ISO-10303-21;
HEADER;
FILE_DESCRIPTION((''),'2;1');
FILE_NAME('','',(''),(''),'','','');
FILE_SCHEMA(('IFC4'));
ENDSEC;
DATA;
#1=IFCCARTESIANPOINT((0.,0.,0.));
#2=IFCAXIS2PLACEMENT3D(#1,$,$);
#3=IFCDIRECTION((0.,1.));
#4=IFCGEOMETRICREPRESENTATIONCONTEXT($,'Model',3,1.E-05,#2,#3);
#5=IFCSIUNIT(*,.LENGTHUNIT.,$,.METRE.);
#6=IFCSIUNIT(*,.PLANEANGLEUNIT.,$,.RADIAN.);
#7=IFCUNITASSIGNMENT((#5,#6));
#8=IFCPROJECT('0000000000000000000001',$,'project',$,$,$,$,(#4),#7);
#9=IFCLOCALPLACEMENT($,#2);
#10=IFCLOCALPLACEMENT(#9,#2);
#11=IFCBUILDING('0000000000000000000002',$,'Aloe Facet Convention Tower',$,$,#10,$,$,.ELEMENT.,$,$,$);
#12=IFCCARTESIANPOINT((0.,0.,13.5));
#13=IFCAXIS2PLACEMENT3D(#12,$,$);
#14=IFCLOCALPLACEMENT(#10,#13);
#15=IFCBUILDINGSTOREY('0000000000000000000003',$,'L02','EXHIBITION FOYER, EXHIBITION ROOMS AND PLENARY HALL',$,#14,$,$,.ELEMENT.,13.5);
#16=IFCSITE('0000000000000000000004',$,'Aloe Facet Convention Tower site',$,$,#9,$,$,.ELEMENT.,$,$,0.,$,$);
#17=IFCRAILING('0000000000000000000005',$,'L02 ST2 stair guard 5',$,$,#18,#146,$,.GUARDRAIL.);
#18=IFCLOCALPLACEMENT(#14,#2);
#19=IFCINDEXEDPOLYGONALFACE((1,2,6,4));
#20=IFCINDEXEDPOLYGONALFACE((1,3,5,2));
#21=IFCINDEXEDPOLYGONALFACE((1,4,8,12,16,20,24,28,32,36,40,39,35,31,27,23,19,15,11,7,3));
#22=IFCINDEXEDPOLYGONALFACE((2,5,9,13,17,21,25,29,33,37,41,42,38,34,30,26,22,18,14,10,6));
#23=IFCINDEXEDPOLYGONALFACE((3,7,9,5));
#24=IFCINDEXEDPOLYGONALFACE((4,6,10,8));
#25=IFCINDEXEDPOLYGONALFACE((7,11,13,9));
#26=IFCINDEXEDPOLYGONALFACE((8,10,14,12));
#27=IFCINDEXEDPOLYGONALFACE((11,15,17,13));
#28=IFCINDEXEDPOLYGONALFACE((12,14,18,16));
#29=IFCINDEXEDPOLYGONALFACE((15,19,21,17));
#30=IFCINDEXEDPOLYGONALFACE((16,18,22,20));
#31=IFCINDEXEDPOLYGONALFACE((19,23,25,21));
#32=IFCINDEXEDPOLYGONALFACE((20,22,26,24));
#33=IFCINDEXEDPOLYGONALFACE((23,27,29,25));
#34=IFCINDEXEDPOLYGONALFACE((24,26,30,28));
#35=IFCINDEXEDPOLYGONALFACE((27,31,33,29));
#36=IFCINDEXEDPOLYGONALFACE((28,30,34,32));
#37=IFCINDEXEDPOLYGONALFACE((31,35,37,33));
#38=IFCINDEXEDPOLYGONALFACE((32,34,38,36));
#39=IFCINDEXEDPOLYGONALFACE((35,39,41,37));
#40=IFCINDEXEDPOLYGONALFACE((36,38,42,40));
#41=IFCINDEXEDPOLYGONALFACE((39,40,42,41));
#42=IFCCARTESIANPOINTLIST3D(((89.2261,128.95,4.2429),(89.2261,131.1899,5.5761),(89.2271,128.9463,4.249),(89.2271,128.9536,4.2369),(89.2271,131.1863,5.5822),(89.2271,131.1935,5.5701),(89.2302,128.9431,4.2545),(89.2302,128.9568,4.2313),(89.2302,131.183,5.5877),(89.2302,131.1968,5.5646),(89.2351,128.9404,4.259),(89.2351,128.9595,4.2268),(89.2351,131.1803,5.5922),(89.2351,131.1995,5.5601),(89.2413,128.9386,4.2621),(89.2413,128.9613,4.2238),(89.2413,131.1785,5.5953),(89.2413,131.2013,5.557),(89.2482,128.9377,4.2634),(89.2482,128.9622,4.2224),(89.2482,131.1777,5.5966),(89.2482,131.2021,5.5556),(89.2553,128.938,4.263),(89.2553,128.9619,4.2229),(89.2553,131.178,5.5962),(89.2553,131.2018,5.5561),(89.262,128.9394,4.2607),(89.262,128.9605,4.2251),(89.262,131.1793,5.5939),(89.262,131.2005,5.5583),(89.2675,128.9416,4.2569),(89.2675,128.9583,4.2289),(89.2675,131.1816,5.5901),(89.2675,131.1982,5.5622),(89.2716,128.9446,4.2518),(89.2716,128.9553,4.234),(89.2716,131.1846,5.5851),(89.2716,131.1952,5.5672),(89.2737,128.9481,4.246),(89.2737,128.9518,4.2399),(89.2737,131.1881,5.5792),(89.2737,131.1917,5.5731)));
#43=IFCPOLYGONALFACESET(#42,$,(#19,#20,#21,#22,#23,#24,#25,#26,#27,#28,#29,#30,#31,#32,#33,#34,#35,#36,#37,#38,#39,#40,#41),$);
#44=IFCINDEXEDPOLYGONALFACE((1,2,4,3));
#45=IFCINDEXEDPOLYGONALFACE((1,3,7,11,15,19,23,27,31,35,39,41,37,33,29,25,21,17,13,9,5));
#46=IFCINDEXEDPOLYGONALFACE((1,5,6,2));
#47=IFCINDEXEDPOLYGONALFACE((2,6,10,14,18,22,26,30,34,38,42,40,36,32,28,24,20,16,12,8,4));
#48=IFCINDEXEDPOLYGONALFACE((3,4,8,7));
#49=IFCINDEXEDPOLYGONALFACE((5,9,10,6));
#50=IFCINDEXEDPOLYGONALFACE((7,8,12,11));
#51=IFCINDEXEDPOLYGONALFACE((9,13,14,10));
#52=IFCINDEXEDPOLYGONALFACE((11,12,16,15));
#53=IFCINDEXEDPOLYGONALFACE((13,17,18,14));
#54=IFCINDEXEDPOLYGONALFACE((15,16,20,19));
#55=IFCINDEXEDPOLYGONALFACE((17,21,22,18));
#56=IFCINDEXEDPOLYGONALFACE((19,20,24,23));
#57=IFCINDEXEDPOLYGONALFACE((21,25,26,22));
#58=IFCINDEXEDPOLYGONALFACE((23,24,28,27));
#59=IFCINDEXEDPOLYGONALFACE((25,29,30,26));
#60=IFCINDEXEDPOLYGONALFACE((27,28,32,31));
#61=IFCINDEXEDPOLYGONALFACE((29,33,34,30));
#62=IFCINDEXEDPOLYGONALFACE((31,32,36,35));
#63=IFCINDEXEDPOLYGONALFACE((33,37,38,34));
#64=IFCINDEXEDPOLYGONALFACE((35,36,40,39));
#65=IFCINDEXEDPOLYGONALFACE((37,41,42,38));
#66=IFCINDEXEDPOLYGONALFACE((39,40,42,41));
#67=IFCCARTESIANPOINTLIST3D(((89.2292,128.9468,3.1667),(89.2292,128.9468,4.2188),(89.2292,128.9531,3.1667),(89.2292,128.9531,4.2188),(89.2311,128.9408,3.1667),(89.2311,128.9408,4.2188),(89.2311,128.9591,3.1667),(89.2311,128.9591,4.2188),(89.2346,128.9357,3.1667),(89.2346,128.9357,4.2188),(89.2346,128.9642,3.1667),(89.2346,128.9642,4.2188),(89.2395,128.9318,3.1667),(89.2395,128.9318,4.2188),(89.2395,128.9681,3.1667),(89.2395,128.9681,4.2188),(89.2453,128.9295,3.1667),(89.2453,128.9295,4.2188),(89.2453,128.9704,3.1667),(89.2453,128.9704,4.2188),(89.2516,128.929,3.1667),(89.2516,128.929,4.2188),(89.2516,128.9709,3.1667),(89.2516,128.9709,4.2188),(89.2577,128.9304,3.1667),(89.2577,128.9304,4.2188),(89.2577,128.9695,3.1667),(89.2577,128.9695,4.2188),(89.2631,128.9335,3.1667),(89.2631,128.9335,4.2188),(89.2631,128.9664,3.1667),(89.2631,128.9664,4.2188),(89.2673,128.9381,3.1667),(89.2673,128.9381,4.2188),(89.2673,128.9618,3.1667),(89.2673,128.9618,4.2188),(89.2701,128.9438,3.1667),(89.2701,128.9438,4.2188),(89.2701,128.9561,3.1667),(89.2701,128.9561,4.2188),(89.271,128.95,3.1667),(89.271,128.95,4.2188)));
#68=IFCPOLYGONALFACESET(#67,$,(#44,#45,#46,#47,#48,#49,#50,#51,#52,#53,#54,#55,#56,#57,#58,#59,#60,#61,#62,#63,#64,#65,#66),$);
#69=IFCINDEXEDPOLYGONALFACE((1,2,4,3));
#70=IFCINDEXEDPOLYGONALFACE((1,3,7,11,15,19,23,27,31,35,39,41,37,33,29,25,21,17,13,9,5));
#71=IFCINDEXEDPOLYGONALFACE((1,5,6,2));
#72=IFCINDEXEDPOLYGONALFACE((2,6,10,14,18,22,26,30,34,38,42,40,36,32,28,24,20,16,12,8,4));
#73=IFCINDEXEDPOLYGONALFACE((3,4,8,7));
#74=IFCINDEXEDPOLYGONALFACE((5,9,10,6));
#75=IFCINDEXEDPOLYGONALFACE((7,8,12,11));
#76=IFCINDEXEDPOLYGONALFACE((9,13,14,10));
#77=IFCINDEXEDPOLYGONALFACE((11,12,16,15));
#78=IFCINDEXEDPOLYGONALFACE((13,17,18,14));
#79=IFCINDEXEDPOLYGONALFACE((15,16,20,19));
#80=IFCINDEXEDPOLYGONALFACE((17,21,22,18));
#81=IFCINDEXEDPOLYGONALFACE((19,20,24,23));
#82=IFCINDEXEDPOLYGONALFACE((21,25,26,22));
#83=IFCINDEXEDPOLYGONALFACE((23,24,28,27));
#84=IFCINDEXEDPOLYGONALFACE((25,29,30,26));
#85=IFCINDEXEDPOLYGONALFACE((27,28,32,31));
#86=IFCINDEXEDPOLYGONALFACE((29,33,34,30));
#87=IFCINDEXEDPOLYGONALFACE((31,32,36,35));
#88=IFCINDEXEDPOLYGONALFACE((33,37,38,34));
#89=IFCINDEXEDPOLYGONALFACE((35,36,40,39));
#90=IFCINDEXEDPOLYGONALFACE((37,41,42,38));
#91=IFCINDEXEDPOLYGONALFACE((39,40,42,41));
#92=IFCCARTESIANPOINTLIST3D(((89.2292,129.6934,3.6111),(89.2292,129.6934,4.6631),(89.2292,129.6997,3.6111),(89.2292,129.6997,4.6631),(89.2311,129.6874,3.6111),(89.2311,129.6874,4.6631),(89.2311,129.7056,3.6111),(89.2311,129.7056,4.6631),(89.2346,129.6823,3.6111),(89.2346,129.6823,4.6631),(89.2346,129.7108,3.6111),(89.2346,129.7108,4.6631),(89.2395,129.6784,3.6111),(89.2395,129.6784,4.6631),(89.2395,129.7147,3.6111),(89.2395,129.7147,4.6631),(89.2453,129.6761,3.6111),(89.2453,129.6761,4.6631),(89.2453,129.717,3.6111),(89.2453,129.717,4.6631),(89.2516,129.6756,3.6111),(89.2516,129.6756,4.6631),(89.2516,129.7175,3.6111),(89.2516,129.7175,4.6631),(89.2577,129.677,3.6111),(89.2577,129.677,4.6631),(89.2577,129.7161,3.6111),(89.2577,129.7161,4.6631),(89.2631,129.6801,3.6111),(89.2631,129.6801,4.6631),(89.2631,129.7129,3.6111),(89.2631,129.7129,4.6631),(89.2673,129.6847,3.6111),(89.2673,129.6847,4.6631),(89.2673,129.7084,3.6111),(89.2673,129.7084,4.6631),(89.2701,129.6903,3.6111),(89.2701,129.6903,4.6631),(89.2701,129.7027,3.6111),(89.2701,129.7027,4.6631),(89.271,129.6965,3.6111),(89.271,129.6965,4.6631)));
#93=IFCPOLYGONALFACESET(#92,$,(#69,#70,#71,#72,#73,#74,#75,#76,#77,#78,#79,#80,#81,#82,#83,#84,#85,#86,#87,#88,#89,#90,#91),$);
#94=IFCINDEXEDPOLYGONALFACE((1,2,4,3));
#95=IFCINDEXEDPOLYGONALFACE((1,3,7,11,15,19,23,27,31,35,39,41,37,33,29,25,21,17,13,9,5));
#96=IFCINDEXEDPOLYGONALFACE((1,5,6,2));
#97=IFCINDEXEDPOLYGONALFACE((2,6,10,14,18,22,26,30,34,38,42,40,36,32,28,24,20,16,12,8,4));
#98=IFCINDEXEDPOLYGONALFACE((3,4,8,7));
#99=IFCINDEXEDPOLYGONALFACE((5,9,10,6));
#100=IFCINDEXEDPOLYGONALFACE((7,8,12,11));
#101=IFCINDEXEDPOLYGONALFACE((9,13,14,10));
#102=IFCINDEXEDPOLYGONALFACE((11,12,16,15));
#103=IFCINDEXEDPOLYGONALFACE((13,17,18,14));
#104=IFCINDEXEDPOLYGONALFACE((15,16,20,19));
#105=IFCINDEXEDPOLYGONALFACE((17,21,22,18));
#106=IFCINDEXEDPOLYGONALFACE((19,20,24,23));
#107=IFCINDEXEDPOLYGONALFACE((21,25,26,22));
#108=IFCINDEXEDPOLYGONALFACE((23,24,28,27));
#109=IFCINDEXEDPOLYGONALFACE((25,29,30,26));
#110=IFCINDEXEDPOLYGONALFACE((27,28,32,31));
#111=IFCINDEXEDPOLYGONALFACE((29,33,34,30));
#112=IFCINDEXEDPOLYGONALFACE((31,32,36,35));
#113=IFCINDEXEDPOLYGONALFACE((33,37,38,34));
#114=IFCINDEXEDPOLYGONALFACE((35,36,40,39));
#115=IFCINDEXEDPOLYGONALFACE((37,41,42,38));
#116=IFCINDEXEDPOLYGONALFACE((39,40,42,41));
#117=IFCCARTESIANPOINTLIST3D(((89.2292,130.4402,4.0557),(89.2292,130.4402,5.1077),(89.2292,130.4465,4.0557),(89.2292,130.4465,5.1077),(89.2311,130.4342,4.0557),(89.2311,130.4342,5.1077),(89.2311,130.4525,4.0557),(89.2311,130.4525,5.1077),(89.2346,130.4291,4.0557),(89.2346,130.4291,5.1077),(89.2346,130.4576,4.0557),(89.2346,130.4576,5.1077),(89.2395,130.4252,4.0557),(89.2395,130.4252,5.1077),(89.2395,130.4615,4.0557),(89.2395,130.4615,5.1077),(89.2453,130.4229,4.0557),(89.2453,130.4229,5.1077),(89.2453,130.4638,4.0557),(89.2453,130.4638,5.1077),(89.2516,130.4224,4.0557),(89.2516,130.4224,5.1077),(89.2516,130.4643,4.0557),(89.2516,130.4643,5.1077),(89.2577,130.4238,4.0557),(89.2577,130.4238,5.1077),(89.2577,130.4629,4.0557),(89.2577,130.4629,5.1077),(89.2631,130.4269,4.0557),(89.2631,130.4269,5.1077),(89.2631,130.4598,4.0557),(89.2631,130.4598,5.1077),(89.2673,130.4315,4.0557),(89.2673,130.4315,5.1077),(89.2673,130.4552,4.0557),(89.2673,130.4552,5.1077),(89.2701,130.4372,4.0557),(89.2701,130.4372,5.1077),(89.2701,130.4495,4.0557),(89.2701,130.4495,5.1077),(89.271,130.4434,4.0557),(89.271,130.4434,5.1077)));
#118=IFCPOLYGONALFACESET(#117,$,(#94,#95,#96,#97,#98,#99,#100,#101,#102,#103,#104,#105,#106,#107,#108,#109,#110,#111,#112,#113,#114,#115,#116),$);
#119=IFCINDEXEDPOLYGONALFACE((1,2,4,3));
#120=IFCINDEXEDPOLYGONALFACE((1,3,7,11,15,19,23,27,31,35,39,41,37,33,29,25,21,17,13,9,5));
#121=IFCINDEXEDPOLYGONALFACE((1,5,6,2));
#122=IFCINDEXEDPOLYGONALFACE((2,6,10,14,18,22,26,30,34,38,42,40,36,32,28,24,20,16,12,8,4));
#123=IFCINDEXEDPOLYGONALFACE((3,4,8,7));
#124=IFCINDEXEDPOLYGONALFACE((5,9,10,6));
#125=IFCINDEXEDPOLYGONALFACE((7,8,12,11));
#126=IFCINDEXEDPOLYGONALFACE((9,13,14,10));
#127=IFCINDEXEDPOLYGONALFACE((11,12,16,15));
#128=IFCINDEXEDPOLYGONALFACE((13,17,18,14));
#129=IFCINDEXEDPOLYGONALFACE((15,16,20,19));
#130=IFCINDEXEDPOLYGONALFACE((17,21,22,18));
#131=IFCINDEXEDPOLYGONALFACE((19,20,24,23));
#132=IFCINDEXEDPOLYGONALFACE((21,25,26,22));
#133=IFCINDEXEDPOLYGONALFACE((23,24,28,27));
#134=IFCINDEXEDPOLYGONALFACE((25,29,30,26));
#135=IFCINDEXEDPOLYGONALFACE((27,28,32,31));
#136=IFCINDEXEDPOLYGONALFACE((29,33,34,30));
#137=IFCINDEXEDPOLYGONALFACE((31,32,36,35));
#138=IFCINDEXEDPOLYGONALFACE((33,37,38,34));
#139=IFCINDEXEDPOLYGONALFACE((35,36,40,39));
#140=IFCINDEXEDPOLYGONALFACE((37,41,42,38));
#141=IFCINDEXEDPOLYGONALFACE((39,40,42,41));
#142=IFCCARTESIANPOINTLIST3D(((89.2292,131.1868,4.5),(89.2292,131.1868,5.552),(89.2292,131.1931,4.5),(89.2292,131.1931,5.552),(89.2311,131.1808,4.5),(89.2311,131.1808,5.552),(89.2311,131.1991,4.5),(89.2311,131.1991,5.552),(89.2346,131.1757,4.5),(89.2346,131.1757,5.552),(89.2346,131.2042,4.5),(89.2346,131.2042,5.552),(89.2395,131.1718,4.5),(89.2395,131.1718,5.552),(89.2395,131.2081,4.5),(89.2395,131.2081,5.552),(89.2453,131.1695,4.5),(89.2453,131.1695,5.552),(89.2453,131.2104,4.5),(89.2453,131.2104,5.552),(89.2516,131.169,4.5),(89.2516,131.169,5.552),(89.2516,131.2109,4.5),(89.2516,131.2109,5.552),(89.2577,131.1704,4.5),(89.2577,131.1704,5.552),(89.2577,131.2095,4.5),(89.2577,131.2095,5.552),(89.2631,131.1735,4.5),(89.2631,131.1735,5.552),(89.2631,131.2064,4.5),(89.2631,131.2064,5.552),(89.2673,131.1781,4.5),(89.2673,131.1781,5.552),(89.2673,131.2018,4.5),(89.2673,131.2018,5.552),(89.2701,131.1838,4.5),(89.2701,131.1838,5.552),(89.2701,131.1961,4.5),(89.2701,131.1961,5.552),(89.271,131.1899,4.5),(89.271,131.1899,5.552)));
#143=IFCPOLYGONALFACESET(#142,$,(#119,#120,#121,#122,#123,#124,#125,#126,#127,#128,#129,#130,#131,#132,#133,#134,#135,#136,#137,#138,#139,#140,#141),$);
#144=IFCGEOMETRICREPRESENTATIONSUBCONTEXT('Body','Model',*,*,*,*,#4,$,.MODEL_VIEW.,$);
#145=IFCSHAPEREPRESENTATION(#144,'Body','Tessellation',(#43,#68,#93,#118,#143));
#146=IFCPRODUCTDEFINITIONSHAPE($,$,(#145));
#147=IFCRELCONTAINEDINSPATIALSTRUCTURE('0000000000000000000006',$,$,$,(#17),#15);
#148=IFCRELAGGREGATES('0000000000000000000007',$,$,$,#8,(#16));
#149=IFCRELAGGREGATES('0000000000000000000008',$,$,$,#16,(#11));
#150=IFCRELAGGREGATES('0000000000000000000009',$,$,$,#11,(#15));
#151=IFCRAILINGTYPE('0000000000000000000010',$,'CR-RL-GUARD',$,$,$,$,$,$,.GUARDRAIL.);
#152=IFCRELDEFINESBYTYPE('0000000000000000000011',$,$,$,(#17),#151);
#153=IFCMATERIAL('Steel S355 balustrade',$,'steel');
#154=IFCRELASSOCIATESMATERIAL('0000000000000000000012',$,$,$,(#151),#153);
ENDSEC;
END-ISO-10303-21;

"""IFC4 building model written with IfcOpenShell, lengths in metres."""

from ifc_helpers import new_model, si_unit, direction, frame, origin, origin_2d, place, context, subcontext, project, spatial, circle, extrude, material, type_object, element, save


model = new_model("IFC4")

# Units and contexts
model_context = context("Model", 3, precision=1e-05, world=origin(), true_north=direction((0.0, 1.0)))
body_context = subcontext(model_context, "Body", "Model", "MODEL_VIEW")
ifc_project = project(units=[si_unit("LENGTHUNIT", "METRE"), si_unit("PLANEANGLEUNIT", "RADIAN")], contexts=[model_context])

# Site, building, storey
site_placement = place(None, origin())
site = spatial("IfcSite", under=ifc_project, at=site_placement, Name="Aloe Facet Convention Tower site", CompositionType="ELEMENT", RefElevation=0.0)
building_placement = place(site_placement, origin())
building = spatial("IfcBuilding", under=site, at=building_placement, Name="Aloe Facet Convention Tower", CompositionType="ELEMENT")
storey_placement = place(building_placement, frame((0.0, 0.0, 13.5)))
storey = spatial("IfcBuildingStorey", under=building, at=storey_placement, Name="L02", Description="EXHIBITION FOYER, EXHIBITION ROOMS AND PLENARY HALL", CompositionType="ELEMENT", Elevation=13.5)

# Railing
ifc_material_1 = material(Name="Steel S355 balustrade", Category="steel")
railing_type_1 = type_object("IfcRailingType", Name="CR-RL-GUARD", PredefinedType="GUARDRAIL", material=ifc_material_1)
railing_1_placement = place(storey_placement, frame((89.25, 128.95, 3.1667)))
element("IfcRailing", 1, at=railing_1_placement, inside=storey, type_object=railing_type_1, Name="L02 ST2 stair guard 5", PredefinedType="GUARDRAIL", context=body_context, shape_type="SweptSolid", body=[
    extrude(circle(Radius=0.0239, at=origin_2d()), frame((0.0, 0.0, 1.0762), z_axis=(0.0, 0.859306, 0.511462), x_axis=(-1.0, 0.0, 0.0)), (0.0, 0.0, 1.0), 2.6067),
    extrude(circle(Radius=0.021, at=origin_2d()), origin(), (0.0, 0.0, 1.0), 1.052),
    extrude(circle(Radius=0.021, at=origin_2d()), frame((0.0, 0.7466, 0.4443)), (0.0, 0.0, 1.0), 1.052),
    extrude(circle(Radius=0.021, at=origin_2d()), frame((0.0, 1.4934, 0.8889)), (0.0, 0.0, 1.0), 1.052),
    extrude(circle(Radius=0.021, at=origin_2d()), frame((0.0, 2.24, 1.3333)), (0.0, 0.0, 1.0), 1.052),
])

save(model, "model.ifc")
